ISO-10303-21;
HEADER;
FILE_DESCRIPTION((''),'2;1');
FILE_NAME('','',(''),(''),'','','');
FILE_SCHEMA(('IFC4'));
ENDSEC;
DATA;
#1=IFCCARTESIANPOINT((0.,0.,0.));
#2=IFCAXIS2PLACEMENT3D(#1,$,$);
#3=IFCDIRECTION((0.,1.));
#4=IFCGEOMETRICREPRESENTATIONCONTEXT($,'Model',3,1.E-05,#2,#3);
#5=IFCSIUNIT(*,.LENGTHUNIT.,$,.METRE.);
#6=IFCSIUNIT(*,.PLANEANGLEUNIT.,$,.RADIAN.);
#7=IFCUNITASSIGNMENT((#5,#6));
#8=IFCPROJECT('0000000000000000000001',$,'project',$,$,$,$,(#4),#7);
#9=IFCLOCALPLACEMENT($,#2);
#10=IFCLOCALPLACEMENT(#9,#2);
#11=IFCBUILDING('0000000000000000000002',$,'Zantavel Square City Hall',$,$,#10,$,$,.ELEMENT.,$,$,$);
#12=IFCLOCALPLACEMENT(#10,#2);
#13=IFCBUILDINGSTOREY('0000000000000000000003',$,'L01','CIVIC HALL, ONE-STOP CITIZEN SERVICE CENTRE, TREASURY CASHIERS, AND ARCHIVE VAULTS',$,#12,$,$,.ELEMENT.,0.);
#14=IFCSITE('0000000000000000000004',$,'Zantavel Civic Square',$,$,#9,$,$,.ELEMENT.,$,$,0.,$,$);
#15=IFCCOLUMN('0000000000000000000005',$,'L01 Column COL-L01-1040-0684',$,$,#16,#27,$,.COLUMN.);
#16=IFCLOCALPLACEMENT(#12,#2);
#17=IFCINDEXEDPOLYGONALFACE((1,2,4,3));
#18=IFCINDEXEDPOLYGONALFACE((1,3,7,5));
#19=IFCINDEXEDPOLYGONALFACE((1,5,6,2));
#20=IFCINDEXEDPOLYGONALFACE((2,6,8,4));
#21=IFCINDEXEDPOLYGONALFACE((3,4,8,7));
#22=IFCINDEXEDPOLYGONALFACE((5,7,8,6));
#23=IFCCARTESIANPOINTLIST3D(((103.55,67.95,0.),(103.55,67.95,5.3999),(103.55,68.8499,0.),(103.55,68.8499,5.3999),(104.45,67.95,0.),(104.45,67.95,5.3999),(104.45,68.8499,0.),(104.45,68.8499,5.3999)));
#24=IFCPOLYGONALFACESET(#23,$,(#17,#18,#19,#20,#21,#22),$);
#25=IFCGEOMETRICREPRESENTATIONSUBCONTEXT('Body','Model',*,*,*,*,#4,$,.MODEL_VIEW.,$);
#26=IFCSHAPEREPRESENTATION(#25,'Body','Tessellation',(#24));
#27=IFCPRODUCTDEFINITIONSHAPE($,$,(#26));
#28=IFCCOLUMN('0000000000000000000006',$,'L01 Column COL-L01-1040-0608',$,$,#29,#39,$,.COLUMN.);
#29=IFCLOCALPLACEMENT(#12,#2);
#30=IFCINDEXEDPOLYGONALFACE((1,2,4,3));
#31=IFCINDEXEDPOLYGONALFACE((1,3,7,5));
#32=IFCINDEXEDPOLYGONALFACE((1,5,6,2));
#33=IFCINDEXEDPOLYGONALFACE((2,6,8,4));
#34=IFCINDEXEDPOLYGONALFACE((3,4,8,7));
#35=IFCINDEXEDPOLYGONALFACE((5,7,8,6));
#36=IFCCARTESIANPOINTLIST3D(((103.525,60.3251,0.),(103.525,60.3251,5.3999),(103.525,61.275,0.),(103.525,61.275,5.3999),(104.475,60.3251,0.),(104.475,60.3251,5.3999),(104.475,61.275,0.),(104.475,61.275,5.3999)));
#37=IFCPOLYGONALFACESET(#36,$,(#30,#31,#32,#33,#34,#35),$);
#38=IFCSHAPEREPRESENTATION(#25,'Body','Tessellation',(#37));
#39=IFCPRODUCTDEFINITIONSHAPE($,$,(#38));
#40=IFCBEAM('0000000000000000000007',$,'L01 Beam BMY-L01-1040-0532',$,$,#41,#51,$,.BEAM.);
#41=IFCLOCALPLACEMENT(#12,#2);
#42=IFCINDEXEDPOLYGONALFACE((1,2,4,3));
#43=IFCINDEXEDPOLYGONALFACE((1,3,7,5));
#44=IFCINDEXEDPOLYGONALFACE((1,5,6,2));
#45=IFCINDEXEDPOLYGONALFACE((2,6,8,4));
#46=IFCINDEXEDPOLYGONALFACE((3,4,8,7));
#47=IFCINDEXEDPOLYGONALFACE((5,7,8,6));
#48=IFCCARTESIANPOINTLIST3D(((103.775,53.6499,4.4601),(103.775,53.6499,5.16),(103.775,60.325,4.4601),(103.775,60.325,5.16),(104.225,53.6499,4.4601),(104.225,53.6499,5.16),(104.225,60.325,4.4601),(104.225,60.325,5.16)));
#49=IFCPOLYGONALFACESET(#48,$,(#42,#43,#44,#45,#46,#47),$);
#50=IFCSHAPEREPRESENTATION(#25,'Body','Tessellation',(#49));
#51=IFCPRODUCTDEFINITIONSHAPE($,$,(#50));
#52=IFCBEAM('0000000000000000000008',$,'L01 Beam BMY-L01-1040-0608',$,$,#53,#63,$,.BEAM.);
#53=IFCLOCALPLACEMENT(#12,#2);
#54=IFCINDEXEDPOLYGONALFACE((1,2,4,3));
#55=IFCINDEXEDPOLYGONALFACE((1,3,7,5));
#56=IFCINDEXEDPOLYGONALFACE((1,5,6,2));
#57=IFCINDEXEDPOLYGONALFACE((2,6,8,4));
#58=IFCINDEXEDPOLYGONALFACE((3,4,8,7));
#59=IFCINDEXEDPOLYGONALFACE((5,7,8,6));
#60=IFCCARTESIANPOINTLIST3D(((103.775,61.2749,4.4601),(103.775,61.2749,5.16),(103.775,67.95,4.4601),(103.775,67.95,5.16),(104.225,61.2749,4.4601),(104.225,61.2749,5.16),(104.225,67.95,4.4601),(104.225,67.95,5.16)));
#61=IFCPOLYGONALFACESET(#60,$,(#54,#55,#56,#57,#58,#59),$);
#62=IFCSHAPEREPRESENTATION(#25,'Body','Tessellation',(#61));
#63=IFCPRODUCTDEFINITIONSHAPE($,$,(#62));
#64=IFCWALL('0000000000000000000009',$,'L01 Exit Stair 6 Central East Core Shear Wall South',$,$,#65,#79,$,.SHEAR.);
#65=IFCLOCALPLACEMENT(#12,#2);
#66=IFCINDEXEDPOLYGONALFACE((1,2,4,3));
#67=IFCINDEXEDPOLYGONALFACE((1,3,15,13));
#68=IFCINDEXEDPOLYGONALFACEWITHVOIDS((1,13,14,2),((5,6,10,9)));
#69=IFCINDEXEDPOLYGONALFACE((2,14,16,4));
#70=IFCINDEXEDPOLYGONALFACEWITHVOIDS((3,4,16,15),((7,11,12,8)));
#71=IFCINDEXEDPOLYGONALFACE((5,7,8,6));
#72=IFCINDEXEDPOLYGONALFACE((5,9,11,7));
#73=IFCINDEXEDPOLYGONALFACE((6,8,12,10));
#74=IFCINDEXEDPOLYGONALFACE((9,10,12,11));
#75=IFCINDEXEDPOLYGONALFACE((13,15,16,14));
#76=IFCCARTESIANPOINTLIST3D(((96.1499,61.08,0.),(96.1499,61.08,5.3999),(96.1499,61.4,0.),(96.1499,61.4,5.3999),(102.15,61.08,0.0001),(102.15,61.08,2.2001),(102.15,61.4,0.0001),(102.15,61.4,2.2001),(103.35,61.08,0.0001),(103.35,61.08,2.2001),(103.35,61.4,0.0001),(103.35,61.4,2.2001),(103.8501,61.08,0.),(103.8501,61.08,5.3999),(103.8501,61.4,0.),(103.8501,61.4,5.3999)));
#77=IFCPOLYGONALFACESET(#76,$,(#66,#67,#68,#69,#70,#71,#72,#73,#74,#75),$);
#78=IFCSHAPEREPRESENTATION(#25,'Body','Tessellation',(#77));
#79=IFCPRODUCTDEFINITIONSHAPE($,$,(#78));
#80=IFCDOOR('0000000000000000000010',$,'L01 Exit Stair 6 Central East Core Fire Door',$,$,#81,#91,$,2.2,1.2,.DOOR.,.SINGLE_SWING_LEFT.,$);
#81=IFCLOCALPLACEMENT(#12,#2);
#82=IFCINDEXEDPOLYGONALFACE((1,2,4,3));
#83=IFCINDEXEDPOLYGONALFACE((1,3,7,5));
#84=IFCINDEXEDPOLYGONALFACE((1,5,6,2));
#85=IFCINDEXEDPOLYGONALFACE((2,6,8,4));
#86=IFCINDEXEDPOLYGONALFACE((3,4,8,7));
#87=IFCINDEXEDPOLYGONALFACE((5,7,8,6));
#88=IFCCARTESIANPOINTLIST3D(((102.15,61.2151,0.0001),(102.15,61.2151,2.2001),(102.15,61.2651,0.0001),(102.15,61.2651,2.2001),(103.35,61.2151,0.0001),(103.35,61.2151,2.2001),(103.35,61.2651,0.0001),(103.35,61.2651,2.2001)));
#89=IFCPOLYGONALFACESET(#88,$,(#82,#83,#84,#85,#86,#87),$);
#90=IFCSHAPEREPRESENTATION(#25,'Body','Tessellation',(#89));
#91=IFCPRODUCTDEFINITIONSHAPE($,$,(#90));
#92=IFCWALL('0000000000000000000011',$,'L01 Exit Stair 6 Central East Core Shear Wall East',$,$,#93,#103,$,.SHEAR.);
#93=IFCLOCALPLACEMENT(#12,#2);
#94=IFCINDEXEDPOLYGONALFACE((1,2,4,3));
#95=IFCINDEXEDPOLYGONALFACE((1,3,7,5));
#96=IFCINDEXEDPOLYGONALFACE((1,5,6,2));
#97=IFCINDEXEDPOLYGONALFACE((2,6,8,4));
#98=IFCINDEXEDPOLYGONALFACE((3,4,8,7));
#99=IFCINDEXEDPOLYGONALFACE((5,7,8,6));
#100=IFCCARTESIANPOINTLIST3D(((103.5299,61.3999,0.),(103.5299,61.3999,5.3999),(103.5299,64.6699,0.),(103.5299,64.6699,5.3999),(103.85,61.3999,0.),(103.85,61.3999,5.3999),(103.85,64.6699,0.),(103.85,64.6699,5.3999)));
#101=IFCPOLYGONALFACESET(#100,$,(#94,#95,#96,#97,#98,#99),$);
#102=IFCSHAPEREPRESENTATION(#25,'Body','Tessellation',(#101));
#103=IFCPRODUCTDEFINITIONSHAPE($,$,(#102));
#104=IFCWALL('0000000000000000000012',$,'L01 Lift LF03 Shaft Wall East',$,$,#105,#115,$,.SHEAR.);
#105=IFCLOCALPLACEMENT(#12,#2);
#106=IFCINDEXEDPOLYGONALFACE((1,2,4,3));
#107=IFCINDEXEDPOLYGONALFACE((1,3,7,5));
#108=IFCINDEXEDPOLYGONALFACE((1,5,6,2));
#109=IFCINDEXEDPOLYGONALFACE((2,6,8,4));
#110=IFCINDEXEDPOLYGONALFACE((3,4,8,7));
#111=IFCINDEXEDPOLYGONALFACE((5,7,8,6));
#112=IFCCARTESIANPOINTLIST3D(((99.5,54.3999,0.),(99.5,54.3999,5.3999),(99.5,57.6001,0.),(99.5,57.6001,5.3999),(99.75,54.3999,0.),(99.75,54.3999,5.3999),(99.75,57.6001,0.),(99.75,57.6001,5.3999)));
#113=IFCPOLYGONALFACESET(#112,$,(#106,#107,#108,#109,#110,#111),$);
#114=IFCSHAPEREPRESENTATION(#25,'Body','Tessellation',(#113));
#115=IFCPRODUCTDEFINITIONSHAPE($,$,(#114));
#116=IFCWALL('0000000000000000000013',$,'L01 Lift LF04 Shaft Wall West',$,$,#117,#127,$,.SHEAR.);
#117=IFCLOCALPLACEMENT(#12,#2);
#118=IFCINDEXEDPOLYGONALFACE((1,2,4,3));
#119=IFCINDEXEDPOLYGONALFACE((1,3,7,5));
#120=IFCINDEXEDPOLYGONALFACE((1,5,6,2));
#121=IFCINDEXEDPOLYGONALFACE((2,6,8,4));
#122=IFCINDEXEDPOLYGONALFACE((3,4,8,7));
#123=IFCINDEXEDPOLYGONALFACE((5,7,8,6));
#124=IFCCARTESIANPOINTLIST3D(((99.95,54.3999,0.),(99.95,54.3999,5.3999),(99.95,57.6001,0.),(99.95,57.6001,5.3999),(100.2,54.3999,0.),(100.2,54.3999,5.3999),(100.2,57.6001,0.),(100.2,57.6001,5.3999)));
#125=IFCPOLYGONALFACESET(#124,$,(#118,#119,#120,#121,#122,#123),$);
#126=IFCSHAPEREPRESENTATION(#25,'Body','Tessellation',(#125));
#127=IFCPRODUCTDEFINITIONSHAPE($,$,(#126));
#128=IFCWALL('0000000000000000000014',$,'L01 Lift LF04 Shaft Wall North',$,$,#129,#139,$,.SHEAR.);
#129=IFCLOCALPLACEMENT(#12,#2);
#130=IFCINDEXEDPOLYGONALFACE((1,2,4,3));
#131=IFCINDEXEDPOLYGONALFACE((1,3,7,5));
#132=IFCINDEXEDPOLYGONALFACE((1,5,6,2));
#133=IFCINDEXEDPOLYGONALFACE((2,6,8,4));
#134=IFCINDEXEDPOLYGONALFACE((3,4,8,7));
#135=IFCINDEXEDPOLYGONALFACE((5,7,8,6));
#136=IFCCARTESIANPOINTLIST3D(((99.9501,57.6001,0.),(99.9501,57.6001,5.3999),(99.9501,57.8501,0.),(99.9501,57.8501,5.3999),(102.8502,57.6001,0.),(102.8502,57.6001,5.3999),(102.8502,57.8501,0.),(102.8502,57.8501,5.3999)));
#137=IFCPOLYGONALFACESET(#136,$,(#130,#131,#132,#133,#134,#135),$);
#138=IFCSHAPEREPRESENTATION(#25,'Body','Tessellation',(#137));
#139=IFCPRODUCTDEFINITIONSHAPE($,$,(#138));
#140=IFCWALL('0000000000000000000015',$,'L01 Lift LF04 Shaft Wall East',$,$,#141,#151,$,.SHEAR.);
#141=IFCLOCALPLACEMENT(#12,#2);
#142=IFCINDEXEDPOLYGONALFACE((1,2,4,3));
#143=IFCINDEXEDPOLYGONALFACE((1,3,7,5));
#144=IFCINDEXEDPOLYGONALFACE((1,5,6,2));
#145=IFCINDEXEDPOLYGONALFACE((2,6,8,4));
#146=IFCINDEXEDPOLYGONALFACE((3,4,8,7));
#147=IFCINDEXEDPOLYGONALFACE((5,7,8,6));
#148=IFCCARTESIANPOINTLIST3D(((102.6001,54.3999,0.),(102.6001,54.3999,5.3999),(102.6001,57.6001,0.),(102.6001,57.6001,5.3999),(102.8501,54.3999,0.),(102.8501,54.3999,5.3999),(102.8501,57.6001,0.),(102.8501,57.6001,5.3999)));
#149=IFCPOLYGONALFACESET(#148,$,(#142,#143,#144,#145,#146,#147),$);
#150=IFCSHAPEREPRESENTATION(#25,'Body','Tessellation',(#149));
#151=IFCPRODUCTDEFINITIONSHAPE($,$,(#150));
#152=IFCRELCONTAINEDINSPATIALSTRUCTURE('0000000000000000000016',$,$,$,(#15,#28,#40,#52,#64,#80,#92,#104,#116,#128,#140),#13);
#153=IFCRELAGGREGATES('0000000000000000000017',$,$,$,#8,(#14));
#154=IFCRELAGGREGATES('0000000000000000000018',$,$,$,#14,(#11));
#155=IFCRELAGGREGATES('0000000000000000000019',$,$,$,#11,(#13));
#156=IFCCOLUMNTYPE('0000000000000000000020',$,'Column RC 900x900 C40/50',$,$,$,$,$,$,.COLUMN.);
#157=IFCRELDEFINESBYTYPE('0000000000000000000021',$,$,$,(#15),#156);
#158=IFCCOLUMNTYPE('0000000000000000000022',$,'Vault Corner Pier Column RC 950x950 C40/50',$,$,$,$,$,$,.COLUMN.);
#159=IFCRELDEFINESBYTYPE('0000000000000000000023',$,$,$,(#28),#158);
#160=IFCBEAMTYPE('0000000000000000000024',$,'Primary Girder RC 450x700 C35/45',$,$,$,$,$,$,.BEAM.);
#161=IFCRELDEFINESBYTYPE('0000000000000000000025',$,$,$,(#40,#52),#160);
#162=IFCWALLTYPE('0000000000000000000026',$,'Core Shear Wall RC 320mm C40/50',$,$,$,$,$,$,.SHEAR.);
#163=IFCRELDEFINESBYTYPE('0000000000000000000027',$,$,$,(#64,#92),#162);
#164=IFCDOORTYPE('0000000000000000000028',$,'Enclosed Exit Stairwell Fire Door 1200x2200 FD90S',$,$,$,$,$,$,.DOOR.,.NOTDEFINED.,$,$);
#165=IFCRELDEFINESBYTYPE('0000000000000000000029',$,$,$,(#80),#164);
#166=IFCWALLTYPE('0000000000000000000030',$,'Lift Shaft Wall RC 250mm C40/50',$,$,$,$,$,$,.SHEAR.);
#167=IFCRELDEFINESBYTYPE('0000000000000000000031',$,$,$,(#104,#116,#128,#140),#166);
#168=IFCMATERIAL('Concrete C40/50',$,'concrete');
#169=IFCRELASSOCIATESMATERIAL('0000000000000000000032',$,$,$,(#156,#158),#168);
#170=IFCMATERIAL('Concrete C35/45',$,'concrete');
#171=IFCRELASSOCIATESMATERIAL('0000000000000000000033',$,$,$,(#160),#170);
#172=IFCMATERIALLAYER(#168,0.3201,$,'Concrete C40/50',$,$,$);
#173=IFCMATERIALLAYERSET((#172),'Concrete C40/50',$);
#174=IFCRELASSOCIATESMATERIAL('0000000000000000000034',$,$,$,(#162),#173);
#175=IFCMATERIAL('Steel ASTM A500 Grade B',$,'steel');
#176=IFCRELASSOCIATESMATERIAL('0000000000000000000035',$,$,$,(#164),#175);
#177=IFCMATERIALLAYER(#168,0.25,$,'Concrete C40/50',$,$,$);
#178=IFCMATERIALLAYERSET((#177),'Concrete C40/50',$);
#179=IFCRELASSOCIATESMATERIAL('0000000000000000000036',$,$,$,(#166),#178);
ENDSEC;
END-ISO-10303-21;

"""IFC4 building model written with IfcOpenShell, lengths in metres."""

from ifc_helpers import new_model, si_unit, direction, frame, frame_2d, origin, origin_2d, place, context, subcontext, project, spatial, rectangle, extrude, material, layer, layer_set, material_profile, profile_set, type_object, element, fill, save


model = new_model("IFC4")

# Units and contexts
model_context = context("Model", 3, precision=1e-05, world=origin(), true_north=direction((0.0, 1.0)))
body_context = subcontext(model_context, "Body", "Model", "MODEL_VIEW")
ifc_project = project(units=[si_unit("LENGTHUNIT", "METRE"), si_unit("PLANEANGLEUNIT", "RADIAN")], contexts=[model_context])

# Site, building, storey
site_placement = place(None, origin())
site = spatial("IfcSite", under=ifc_project, at=site_placement, Name="Zantavel Civic Square", CompositionType="ELEMENT", RefElevation=0.0)
building_placement = place(site_placement, origin())
building = spatial("IfcBuilding", under=site, at=building_placement, Name="Zantavel Square City Hall", CompositionType="ELEMENT")
storey_placement = place(building_placement, origin())
storey = spatial("IfcBuildingStorey", under=building, at=storey_placement, Name="L01", Description="CIVIC HALL, ONE-STOP CITIZEN SERVICE CENTRE, TREASURY CASHIERS, AND ARCHIVE VAULTS", CompositionType="ELEMENT", Elevation=0.0)

# Columns
ifc_material_1 = material(Name="Concrete C40/50", Category="concrete")
ifc_material_profile_1 = material_profile(ifc_material_1, rectangle(XDim=0.8999, YDim=0.8999, at=origin_2d()), Name="RC 900x900")
ifc_profile_set_1 = profile_set([ifc_material_profile_1], Name="Concrete C40/50")
column_type_1 = type_object("IfcColumnType", Name="Column RC 900x900 C40/50", PredefinedType="COLUMN", material=ifc_profile_set_1)
column_1_placement = place(storey_placement, frame((104.0, 68.3999, 0.0), z_axis=(0.0, 0.0, 1.0), x_axis=(1.0, 0.0, 0.0)))
element("IfcColumn", 1, at=column_1_placement, inside=storey, type_object=column_type_1, Name="L01 Column COL-L01-1040-0684", PredefinedType="COLUMN", context=body_context, shape_type="SweptSolid", body=[
    extrude(rectangle(XDim=0.8999, YDim=0.8999, at=origin_2d()), origin(), (0.0, 0.0, 1.0), 5.3999),
])
ifc_material_profile_2 = material_profile(ifc_material_1, rectangle(XDim=0.95, YDim=0.95, at=origin_2d()), Name="RC 950x950")
ifc_profile_set_2 = profile_set([ifc_material_profile_2], Name="Concrete C40/50")
column_type_2 = type_object("IfcColumnType", Name="Vault Corner Pier Column RC 950x950 C40/50", PredefinedType="COLUMN", material=ifc_profile_set_2)
column_2_placement = place(storey_placement, frame((104.0, 60.8, 0.0), z_axis=(0.0, 0.0, 1.0), x_axis=(1.0, 0.0, 0.0)))
element("IfcColumn", 2, at=column_2_placement, inside=storey, type_object=column_type_2, Name="L01 Column COL-L01-1040-0608", PredefinedType="COLUMN", context=body_context, shape_type="SweptSolid", body=[
    extrude(rectangle(XDim=0.95, YDim=0.95, at=origin_2d()), origin(), (0.0, 0.0, 1.0), 5.3999),
])

# Beams
ifc_material_2 = material(Name="Concrete C35/45", Category="concrete")
ifc_material_profile_3 = material_profile(ifc_material_2, rectangle(XDim=0.45, YDim=0.7, at=origin_2d()), Name="RC 450x700")
ifc_profile_set_3 = profile_set([ifc_material_profile_3], Name="Concrete C35/45")
beam_type = type_object("IfcBeamType", Name="Primary Girder RC 450x700 C35/45", PredefinedType="BEAM", material=ifc_profile_set_3)
for number, where, z_axis, x_axis, name in (
    (3, (104.0, 53.6499, 4.8101), (0.0, 1.0, 0.0), (-1.0, 0.0, 0.0), "L01 Beam BMY-L01-1040-0532"),
    (4, (104.0, 61.2749, 4.8101), (0.0, 1.0, 0.0), (-1.0, 0.0, 0.0), "L01 Beam BMY-L01-1040-0608"),
):
    element("IfcBeam", number, at=place(storey_placement, frame(where, z_axis=z_axis, x_axis=x_axis)), inside=storey, type_object=beam_type, Name=name, PredefinedType="BEAM", context=body_context, shape_type="SweptSolid", body=[
        extrude(rectangle(XDim=0.45, YDim=0.7, at=origin_2d()), origin(), (0.0, 0.0, 1.0), 6.675),
    ])

# Wall, opening, door
ifc_layer_1 = layer(ifc_material_1, 0.3201, Name="Concrete C40/50")
ifc_layer_set_1 = layer_set([ifc_layer_1], Name="Concrete C40/50")
wall_type_1 = type_object("IfcWallType", Name="Core Shear Wall RC 320mm C40/50", PredefinedType="SHEAR", material=ifc_layer_set_1)
wall_1_placement = place(storey_placement, frame((103.8501, 61.24, 0.0), z_axis=(0.0, 0.0, 1.0), x_axis=(-1.0, 0.0, 0.0)))
wall_1 = element("IfcWall", 5, at=wall_1_placement, inside=storey, type_object=wall_type_1, Name="L01 Exit Stair 6 Central East Core Shear Wall South", PredefinedType="SHEAR", context=body_context, shape_type="SweptSolid", body=[
    extrude(rectangle(XDim=7.7002, YDim=0.3201, at=frame_2d((3.8501, 0.0))), origin(), (0.0, 0.0, 1.0), 5.3999),
])
opening_1_placement = place(wall_1_placement, frame((0.5, 0.0, 0.0)))
opening_1 = element("IfcOpeningElement", 6, at=opening_1_placement, cuts=wall_1, PredefinedType="OPENING", context=body_context, shape_type="SweptSolid", body=[
    extrude(rectangle(XDim=1.2, YDim=2.2, at=frame_2d((0.6001, 1.1001))), frame((0.0, 0.1699, 0.0), z_axis=(0.0, -1.0, 0.0), x_axis=(1.0, 0.0, 0.0)), (0.0, 0.0, 1.0), 0.3401),
])
ifc_material_3 = material(Name="Steel ASTM A500 Grade B", Category="steel")
door_type_1 = type_object("IfcDoorType", Name="Enclosed Exit Stairwell Fire Door 1200x2200 FD90S", OperationType="NOTDEFINED", PredefinedType="DOOR", material=ifc_material_3)
door_1_placement = place(opening_1_placement, origin())
door_1 = element("IfcDoor", 7, at=door_1_placement, inside=storey, type_object=door_type_1, Name="L01 Exit Stair 6 Central East Core Fire Door", OperationType="SINGLE_SWING_LEFT", OverallHeight=2.2, OverallWidth=1.2, PredefinedType="DOOR", context=body_context, shape_type="SweptSolid", body=[
    extrude(rectangle(XDim=1.2, YDim=2.2, at=frame_2d((0.6001, 1.1001))), frame((0.0, 0.0249, 0.0), z_axis=(0.0, -1.0, 0.0), x_axis=(1.0, 0.0, 0.0)), (0.0, 0.0, 1.0), 0.05),
])
fill(opening_1, door_1)

# Wall
wall_2_placement = place(storey_placement, frame((103.6899, 64.6699, 0.0), z_axis=(0.0, 0.0, 1.0), x_axis=(0.0, -1.0, 0.0)))
element("IfcWall", 8, at=wall_2_placement, inside=storey, type_object=wall_type_1, Name="L01 Exit Stair 6 Central East Core Shear Wall East", PredefinedType="SHEAR", context=body_context, shape_type="SweptSolid", body=[
    extrude(rectangle(XDim=3.27, YDim=0.3201, at=frame_2d((1.635, 0.0))), origin(), (0.0, 0.0, 1.0), 5.3999),
])

# Shared definitions
ifc_layer_2 = layer(ifc_material_1, 0.25, Name="Concrete C40/50")
ifc_layer_set_2 = layer_set([ifc_layer_2], Name="Concrete C40/50")
wall_type_2 = type_object("IfcWallType", Name="Lift Shaft Wall RC 250mm C40/50", PredefinedType="SHEAR", material=ifc_layer_set_2)

# Wall
wall_3_placement = place(storey_placement, frame((99.625, 57.6001, 0.0), z_axis=(0.0, 0.0, 1.0), x_axis=(0.0, -1.0, 0.0)))
element("IfcWall", 9, at=wall_3_placement, inside=storey, type_object=wall_type_2, Name="L01 Lift LF03 Shaft Wall East", PredefinedType="SHEAR", context=body_context, shape_type="SweptSolid", body=[
    extrude(rectangle(XDim=3.2002, YDim=0.25, at=frame_2d((1.6001, 0.0))), origin(), (0.0, 0.0, 1.0), 5.3999),
])

# Walls
wall_4_placement = place(storey_placement, frame((100.075, 54.3999, 0.0), z_axis=(0.0, 0.0, 1.0), x_axis=(0.0, 1.0, 0.0)))
element("IfcWall", 10, at=wall_4_placement, inside=storey, type_object=wall_type_2, Name="L01 Lift LF04 Shaft Wall West", PredefinedType="SHEAR", context=body_context, shape_type="SweptSolid", body=[
    extrude(rectangle(XDim=3.2002, YDim=0.25, at=frame_2d((1.6001, 0.0))), origin(), (0.0, 0.0, 1.0), 5.3999),
])
wall_5_placement = place(storey_placement, frame((99.95, 57.7251, 0.0), z_axis=(0.0, 0.0, 1.0), x_axis=(1.0, 0.0, 0.0)))
element("IfcWall", 11, at=wall_5_placement, inside=storey, type_object=wall_type_2, Name="L01 Lift LF04 Shaft Wall North", PredefinedType="SHEAR", context=body_context, shape_type="SweptSolid", body=[
    extrude(rectangle(XDim=2.9001, YDim=0.25, at=frame_2d((1.4502, 0.0))), origin(), (0.0, 0.0, 1.0), 5.3999),
])
wall_6_placement = place(storey_placement, frame((102.7251, 57.6001, 0.0), z_axis=(0.0, 0.0, 1.0), x_axis=(0.0, -1.0, 0.0)))
element("IfcWall", 12, at=wall_6_placement, inside=storey, type_object=wall_type_2, Name="L01 Lift LF04 Shaft Wall East", PredefinedType="SHEAR", context=body_context, shape_type="SweptSolid", body=[
    extrude(rectangle(XDim=3.2002, YDim=0.25, at=frame_2d((1.6001, 0.0))), origin(), (0.0, 0.0, 1.0), 5.3999),
])

save(model, "model.ifc")
